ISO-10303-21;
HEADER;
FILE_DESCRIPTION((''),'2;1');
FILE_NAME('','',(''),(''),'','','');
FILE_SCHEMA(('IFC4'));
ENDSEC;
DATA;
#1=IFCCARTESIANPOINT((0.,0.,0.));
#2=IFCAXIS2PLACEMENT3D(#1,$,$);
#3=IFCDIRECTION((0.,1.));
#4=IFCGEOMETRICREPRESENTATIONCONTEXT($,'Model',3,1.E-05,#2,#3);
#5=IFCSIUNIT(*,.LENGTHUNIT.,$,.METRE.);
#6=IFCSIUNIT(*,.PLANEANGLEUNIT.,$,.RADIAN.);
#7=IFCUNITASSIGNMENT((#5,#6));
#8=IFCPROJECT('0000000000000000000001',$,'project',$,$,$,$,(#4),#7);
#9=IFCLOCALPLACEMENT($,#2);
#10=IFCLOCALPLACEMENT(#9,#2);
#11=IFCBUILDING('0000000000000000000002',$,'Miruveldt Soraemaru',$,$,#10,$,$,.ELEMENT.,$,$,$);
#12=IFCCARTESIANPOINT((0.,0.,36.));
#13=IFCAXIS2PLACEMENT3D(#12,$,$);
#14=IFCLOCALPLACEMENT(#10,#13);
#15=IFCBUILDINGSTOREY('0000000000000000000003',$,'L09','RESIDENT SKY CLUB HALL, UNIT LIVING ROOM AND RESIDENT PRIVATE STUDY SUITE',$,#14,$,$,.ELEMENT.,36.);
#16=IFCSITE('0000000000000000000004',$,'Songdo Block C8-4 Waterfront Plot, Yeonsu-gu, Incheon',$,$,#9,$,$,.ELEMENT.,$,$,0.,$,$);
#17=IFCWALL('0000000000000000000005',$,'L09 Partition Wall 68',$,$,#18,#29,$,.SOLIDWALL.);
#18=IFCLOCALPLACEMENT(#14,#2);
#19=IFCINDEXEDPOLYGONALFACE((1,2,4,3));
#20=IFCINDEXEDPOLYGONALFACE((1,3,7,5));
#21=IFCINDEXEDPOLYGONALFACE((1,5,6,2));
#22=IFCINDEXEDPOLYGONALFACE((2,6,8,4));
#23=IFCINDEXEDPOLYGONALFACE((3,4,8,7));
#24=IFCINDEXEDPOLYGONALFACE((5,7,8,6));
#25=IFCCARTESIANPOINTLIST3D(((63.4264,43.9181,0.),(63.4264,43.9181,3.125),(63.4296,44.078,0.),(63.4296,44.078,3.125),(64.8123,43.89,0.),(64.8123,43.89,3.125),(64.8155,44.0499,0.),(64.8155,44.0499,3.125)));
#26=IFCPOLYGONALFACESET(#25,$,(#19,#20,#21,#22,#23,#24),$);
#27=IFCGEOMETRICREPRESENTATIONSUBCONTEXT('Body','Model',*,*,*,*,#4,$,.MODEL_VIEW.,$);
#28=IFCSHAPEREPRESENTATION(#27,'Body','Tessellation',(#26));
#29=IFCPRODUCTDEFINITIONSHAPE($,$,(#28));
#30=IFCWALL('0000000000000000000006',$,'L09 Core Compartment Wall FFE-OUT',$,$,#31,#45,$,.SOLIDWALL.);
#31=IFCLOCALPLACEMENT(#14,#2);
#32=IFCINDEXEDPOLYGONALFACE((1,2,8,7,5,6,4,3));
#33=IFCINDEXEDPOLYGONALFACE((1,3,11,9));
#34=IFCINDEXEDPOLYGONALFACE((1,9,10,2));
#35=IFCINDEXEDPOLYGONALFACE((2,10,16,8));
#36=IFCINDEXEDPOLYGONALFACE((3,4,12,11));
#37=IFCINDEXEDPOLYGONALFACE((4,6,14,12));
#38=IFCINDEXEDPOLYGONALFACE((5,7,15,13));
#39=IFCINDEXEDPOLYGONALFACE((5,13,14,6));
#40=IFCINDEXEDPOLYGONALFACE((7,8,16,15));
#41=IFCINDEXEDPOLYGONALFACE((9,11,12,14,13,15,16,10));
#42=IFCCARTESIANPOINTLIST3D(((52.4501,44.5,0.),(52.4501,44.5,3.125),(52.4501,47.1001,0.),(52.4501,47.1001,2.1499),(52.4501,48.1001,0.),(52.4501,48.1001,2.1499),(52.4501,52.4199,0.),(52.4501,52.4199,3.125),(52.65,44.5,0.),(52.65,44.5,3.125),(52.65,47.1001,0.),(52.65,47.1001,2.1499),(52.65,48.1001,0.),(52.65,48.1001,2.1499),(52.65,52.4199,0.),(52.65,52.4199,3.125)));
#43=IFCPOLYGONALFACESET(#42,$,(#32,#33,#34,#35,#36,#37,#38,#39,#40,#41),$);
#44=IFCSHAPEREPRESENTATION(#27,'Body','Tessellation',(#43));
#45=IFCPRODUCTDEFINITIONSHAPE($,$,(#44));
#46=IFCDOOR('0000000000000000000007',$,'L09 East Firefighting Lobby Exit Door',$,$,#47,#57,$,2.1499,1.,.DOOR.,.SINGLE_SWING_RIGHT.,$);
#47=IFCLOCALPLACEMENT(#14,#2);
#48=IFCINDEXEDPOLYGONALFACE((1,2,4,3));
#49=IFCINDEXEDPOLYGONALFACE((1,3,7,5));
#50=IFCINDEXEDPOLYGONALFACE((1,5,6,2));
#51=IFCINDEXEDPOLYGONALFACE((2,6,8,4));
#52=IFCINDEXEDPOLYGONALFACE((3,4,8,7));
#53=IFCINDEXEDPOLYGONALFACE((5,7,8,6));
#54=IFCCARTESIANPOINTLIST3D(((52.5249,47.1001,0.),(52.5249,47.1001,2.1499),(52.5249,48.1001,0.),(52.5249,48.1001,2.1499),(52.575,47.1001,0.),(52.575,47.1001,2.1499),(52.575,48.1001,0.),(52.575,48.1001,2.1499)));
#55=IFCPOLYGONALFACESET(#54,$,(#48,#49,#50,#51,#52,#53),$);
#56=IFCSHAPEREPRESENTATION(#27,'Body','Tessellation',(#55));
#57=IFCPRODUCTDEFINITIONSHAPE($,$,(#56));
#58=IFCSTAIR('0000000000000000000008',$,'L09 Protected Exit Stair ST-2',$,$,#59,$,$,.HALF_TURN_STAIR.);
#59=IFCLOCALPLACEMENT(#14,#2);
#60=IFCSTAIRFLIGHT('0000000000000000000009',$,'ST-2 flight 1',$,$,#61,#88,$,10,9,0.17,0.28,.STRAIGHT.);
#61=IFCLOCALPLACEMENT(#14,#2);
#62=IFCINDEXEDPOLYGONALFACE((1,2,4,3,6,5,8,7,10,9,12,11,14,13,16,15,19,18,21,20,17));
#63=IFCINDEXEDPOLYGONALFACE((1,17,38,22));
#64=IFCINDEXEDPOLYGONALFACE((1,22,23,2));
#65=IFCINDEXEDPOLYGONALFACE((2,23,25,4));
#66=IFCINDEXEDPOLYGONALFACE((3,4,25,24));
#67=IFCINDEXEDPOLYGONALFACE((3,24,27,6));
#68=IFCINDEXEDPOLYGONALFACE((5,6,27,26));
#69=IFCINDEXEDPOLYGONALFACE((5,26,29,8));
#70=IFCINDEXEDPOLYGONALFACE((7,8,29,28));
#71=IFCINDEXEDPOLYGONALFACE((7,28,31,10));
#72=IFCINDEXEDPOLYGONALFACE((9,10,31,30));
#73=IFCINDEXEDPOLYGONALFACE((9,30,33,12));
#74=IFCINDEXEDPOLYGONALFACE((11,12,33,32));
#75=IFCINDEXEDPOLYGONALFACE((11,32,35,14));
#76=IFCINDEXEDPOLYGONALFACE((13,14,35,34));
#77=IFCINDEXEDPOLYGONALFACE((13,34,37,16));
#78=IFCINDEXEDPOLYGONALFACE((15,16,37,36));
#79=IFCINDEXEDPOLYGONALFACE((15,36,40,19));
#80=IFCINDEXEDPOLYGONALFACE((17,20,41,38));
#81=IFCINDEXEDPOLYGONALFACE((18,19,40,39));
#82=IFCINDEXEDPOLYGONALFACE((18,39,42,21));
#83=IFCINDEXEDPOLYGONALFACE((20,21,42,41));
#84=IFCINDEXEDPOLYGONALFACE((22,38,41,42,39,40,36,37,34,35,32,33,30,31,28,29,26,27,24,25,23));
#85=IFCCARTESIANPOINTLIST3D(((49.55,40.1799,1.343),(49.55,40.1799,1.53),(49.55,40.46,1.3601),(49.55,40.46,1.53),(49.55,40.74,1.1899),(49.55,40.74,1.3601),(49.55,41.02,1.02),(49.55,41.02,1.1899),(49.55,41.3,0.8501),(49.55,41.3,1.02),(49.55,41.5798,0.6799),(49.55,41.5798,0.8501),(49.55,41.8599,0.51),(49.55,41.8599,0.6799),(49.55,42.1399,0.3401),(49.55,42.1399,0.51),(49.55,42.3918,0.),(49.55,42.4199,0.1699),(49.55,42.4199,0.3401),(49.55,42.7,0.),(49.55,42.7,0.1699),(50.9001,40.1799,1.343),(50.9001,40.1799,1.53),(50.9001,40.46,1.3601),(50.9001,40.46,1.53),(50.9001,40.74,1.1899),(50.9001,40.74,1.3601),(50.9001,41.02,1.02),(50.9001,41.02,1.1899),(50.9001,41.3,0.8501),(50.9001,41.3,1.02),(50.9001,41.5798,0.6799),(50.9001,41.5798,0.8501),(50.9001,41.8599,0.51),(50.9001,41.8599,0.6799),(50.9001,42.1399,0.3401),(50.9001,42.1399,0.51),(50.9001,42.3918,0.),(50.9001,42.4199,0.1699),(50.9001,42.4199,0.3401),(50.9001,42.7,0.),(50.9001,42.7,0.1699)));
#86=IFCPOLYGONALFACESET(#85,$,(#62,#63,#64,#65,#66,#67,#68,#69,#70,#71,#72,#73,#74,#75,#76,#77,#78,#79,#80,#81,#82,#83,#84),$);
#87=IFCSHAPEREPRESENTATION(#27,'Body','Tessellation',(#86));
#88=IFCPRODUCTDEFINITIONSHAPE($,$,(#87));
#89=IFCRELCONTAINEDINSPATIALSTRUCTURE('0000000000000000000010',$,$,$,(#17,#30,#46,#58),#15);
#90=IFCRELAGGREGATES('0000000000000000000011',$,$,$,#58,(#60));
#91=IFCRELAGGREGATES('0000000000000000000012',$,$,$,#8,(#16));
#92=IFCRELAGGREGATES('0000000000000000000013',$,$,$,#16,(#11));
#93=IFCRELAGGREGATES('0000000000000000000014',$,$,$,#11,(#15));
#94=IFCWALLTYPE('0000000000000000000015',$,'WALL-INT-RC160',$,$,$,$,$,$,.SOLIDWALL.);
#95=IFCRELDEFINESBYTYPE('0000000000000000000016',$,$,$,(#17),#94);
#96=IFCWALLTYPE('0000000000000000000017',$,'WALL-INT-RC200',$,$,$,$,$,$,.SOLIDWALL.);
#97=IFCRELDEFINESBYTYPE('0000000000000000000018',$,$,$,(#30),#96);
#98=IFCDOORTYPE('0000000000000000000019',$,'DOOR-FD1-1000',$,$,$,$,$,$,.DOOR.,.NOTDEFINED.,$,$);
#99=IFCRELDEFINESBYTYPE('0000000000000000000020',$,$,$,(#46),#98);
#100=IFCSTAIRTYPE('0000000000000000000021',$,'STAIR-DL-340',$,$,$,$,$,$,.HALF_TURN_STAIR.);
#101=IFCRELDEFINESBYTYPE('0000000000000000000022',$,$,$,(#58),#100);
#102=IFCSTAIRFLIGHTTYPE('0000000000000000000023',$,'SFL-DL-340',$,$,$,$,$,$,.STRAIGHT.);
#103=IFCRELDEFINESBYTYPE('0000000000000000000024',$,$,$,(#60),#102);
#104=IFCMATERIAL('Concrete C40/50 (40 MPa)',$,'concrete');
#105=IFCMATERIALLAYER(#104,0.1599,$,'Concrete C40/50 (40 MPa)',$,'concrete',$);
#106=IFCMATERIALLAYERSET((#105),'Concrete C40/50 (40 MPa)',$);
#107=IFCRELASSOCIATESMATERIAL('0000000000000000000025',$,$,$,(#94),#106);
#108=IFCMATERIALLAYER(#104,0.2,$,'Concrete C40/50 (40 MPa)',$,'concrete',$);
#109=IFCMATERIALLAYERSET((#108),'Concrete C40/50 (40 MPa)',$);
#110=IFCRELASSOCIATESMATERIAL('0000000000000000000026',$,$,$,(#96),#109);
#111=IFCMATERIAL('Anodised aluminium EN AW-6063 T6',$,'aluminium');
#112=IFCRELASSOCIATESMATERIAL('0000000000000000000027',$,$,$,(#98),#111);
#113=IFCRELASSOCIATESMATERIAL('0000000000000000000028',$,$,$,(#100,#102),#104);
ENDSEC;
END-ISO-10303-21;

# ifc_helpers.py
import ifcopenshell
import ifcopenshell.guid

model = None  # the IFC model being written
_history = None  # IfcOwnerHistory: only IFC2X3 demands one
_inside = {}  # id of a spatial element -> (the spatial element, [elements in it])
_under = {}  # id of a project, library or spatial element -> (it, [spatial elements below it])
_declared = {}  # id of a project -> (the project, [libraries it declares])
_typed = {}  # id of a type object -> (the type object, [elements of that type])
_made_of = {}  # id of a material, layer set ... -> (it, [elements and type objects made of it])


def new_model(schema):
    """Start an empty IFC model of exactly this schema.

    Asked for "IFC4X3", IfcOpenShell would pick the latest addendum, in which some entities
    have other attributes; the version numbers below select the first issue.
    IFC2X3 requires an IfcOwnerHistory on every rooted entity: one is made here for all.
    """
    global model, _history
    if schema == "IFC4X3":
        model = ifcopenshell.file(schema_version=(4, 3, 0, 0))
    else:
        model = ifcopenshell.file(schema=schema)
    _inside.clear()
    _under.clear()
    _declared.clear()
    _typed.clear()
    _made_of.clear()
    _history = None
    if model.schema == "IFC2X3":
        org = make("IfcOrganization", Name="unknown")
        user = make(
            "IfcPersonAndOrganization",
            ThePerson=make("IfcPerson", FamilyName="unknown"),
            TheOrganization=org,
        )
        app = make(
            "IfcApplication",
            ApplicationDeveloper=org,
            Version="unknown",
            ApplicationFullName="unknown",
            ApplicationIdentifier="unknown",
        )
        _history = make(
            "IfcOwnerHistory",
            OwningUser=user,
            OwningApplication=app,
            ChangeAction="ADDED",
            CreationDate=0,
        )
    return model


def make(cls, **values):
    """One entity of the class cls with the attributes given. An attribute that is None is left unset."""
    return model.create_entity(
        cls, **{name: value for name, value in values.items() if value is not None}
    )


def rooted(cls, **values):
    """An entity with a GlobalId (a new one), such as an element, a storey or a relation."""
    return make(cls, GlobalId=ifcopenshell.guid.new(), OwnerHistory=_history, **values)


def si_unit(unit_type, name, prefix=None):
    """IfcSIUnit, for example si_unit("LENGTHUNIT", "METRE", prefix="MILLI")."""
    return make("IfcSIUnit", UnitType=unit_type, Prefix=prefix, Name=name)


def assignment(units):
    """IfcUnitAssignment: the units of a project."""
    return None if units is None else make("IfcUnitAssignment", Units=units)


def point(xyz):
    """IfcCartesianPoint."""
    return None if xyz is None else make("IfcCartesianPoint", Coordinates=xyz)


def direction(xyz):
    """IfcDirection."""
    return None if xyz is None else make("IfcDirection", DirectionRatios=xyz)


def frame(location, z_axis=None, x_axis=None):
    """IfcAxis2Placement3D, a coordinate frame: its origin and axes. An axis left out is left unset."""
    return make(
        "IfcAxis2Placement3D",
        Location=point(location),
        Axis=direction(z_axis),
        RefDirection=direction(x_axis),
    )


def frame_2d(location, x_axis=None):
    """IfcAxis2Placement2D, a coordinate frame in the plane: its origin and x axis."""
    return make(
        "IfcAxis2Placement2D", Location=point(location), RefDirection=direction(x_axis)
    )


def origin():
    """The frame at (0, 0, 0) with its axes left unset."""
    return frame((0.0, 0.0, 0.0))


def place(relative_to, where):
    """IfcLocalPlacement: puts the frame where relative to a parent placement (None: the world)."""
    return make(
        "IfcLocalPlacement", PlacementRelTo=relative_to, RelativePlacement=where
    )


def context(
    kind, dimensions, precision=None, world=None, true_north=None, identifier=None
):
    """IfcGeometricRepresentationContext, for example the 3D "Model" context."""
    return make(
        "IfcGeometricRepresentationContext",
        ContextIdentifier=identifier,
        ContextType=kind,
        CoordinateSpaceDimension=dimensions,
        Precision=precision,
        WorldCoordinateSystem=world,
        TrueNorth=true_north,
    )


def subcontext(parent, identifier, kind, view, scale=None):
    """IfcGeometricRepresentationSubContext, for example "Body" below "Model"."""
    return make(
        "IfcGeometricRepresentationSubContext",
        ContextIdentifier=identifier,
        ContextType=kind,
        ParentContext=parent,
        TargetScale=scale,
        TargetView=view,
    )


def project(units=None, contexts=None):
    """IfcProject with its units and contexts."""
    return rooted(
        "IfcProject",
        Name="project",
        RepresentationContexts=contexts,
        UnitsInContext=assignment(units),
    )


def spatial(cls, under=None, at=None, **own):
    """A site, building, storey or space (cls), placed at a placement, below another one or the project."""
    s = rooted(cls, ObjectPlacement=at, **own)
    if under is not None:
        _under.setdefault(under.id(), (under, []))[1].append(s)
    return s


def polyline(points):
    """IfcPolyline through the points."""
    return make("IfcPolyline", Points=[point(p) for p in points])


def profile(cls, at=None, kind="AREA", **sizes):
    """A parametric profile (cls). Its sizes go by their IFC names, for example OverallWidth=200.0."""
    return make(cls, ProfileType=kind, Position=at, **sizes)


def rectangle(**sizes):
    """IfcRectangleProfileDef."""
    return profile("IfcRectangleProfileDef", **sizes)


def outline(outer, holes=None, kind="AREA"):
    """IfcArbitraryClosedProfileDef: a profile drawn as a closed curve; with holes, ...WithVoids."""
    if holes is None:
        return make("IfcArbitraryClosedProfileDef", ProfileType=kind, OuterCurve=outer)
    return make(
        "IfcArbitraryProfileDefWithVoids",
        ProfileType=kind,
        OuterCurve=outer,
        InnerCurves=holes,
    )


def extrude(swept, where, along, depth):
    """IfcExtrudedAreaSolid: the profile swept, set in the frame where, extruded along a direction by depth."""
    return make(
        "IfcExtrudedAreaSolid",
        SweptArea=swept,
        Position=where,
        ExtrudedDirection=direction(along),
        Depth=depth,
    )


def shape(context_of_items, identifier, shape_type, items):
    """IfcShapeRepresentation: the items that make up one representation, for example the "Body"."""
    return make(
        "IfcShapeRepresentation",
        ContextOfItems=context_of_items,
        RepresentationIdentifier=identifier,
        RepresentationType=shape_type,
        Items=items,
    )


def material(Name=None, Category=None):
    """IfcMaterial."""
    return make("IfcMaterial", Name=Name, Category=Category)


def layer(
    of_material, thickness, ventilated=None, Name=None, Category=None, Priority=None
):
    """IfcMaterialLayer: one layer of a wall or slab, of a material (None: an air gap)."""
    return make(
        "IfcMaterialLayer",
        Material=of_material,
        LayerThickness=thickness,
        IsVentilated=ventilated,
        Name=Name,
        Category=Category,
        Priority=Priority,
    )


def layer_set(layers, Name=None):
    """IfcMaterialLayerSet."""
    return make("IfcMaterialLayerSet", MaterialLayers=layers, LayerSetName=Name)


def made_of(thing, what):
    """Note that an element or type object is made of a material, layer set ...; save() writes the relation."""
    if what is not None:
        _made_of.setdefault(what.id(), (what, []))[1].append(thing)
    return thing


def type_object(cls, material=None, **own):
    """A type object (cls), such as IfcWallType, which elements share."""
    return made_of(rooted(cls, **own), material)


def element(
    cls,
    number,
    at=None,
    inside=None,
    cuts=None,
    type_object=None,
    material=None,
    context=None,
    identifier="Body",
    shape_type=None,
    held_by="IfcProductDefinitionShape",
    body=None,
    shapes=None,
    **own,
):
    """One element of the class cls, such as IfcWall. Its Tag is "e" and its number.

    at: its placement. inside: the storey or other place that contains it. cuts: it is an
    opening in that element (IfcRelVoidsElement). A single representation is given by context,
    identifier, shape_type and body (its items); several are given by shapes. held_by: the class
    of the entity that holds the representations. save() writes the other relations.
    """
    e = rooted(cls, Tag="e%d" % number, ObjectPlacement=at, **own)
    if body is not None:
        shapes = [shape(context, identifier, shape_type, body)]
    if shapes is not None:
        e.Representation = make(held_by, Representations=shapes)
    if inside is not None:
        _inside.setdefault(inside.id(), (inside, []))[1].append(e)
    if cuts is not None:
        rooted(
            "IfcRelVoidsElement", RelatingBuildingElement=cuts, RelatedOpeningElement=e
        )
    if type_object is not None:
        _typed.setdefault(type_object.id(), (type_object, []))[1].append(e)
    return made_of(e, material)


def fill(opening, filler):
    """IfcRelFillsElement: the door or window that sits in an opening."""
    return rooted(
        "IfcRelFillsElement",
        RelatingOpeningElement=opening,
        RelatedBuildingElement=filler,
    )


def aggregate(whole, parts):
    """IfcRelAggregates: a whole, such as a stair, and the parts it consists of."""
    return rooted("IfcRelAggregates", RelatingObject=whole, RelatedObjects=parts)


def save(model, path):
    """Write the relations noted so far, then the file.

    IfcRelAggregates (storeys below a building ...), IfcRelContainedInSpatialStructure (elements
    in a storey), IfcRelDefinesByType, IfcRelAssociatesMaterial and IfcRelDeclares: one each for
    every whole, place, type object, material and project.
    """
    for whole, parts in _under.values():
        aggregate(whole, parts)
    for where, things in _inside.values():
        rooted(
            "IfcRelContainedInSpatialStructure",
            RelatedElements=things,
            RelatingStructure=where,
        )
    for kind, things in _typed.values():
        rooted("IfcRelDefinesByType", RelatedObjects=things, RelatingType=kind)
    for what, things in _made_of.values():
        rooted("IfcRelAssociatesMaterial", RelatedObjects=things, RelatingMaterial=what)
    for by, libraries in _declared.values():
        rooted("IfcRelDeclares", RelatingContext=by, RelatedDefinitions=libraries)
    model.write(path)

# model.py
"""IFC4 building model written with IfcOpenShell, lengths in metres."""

from ifc_helpers import new_model, si_unit, direction, frame, frame_2d, origin, place, context, subcontext, project, spatial, polyline, rectangle, outline, extrude, material, layer, layer_set, type_object, element, fill, aggregate, save


model = new_model("IFC4")

# Units and contexts
model_context = context("Model", 3, precision=1e-05, world=origin(), true_north=direction((0.0, 1.0)))
body_context = subcontext(model_context, "Body", "Model", "MODEL_VIEW")
ifc_project = project(units=[si_unit("LENGTHUNIT", "METRE"), si_unit("PLANEANGLEUNIT", "RADIAN")], contexts=[model_context])

# Site, building, storey
site_placement = place(None, origin())
site = spatial("IfcSite", under=ifc_project, at=site_placement, Name="Songdo Block C8-4 Waterfront Plot, Yeonsu-gu, Incheon", CompositionType="ELEMENT", RefElevation=0.0)
building_placement = place(site_placement, origin())
building = spatial("IfcBuilding", under=site, at=building_placement, Name="Miruveldt Soraemaru", CompositionType="ELEMENT")
storey_placement = place(building_placement, frame((0.0, 0.0, 36.0)))
storey = spatial("IfcBuildingStorey", under=building, at=storey_placement, Name="L09", Description="RESIDENT SKY CLUB HALL, UNIT LIVING ROOM AND RESIDENT PRIVATE STUDY SUITE", CompositionType="ELEMENT", Elevation=36.0)

# Shared definitions
ifc_material_1 = material(Name="Anodised aluminium EN AW-6063 T6", Category="aluminium")

# Shared definitions
ifc_material_2 = material(Name="Concrete C40/50 (40 MPa)", Category="concrete")
ifc_layer_1 = layer(ifc_material_2, 0.1599, Name="Concrete C40/50 (40 MPa)", Category="concrete")
ifc_layer_set_1 = layer_set([ifc_layer_1], Name="Concrete C40/50 (40 MPa)")
wall_type_1 = type_object("IfcWallType", Name="WALL-INT-RC160", PredefinedType="SOLIDWALL", material=ifc_layer_set_1)

# Wall
wall_1_placement = place(storey_placement, frame((63.428, 43.998, 0.0), z_axis=(0.0, 0.0, 1.0), x_axis=(0.999795, -0.020253, 0.0)))
element("IfcWall", 1, at=wall_1_placement, inside=storey, type_object=wall_type_1, Name="L09 Partition Wall 68", PredefinedType="SOLIDWALL", context=body_context, shape_type="SweptSolid", body=[
    extrude(rectangle(XDim=1.3862, YDim=0.1599, at=frame_2d((0.6931, 0.0))), origin(), (0.0, 0.0, 1.0), 3.125),
])

# Wall, opening, door
ifc_layer_2 = layer(ifc_material_2, 0.2, Name="Concrete C40/50 (40 MPa)", Category="concrete")
ifc_layer_set_2 = layer_set([ifc_layer_2], Name="Concrete C40/50 (40 MPa)")
wall_type_2 = type_object("IfcWallType", Name="WALL-INT-RC200", PredefinedType="SOLIDWALL", material=ifc_layer_set_2)
wall_2_placement = place(storey_placement, frame((52.55, 44.5, 0.0), z_axis=(0.0, 0.0, 1.0), x_axis=(0.0, 1.0, 0.0)))
wall_2 = element("IfcWall", 2, at=wall_2_placement, inside=storey, type_object=wall_type_2, Name="L09 Core Compartment Wall FFE-OUT", PredefinedType="SOLIDWALL", context=body_context, shape_type="SweptSolid", body=[
    extrude(rectangle(XDim=7.9199, YDim=0.2, at=frame_2d((3.96, 0.0))), origin(), (0.0, 0.0, 1.0), 3.125),
])
opening_1_placement = place(wall_2_placement, frame((2.6001, 0.0, 0.0)))
opening_1 = element("IfcOpeningElement", 3, at=opening_1_placement, cuts=wall_2, PredefinedType="OPENING", context=body_context, shape_type="SweptSolid", body=[
    extrude(rectangle(XDim=1.0, YDim=2.1499, at=frame_2d((0.5, 1.075))), frame((0.0, 0.1099, 0.0), z_axis=(0.0, -1.0, 0.0), x_axis=(1.0, 0.0, 0.0)), (0.0, 0.0, 1.0), 0.22),
])
door_type_1 = type_object("IfcDoorType", Name="DOOR-FD1-1000", OperationType="NOTDEFINED", PredefinedType="DOOR", material=ifc_material_1)
door_1_placement = place(opening_1_placement, frame((1.0, 0.0, 0.0), z_axis=(0.0, 0.0, 1.0), x_axis=(-1.0, 0.0, 0.0)))
door_1 = element("IfcDoor", 4, at=door_1_placement, inside=storey, type_object=door_type_1, Name="L09 East Firefighting Lobby Exit Door", OperationType="SINGLE_SWING_RIGHT", OverallHeight=2.1499, OverallWidth=1.0, PredefinedType="DOOR", context=body_context, shape_type="SweptSolid", body=[
    extrude(rectangle(XDim=1.0, YDim=2.1499, at=frame_2d((0.5, 1.075))), frame((0.0, 0.0249, 0.0), z_axis=(0.0, -1.0, 0.0), x_axis=(1.0, 0.0, 0.0)), (0.0, 0.0, 1.0), 0.05),
])
fill(opening_1, door_1)

# Stair, stair flight
stair_type = type_object("IfcStairType", Name="STAIR-DL-340", PredefinedType="HALF_TURN_STAIR", material=ifc_material_2)
stair_placement = place(storey_placement, origin())
stair = element("IfcStair", 5, at=stair_placement, inside=storey, type_object=stair_type, Name="L09 Protected Exit Stair ST-2", PredefinedType="HALF_TURN_STAIR")
stair_flight_type = type_object("IfcStairFlightType", Name="SFL-DL-340", PredefinedType="STRAIGHT", material=ifc_material_2)
stair_flight_placement = place(storey_placement, frame((50.2251, 42.7, 0.0), z_axis=(0.0, 0.0, 1.0), x_axis=(0.0, -1.0, 0.0)))
stair_flight = element("IfcStairFlight", 6, at=stair_flight_placement, type_object=stair_flight_type, Name="ST-2 flight 1", NumberOfRisers=10, NumberOfTreads=9, PredefinedType="STRAIGHT", RiserHeight=0.17, TreadLength=0.28, context=body_context, shape_type="SweptSolid", body=[
    extrude(outline(polyline([(0.0, 0.0), (0.0, 0.1699), (0.28, 0.1699), (0.28, 0.3401), (0.5601, 0.3401), (0.5601, 0.51), (0.8401, 0.51), (0.8401, 0.6799), (1.1201, 0.6799), (1.1201, 0.8501), (1.3999, 0.8501), (1.3999, 1.02), (1.6799, 1.02), (1.6799, 1.1899), (1.96, 1.1899), (1.96, 1.3601), (2.24, 1.3601), (2.24, 1.53), (2.52, 1.53), (2.52, 1.7), (2.52, 1.343), (0.3081, 0.0), (0.0, 0.0)])), frame((0.0, 0.675, 0.0), z_axis=(0.0, -1.0, 0.0), x_axis=(1.0, 0.0, 0.0)), (0.0, 0.0, 1.0), 1.3501),
])
aggregate(stair, [stair_flight])

save(model, "model.ifc")
